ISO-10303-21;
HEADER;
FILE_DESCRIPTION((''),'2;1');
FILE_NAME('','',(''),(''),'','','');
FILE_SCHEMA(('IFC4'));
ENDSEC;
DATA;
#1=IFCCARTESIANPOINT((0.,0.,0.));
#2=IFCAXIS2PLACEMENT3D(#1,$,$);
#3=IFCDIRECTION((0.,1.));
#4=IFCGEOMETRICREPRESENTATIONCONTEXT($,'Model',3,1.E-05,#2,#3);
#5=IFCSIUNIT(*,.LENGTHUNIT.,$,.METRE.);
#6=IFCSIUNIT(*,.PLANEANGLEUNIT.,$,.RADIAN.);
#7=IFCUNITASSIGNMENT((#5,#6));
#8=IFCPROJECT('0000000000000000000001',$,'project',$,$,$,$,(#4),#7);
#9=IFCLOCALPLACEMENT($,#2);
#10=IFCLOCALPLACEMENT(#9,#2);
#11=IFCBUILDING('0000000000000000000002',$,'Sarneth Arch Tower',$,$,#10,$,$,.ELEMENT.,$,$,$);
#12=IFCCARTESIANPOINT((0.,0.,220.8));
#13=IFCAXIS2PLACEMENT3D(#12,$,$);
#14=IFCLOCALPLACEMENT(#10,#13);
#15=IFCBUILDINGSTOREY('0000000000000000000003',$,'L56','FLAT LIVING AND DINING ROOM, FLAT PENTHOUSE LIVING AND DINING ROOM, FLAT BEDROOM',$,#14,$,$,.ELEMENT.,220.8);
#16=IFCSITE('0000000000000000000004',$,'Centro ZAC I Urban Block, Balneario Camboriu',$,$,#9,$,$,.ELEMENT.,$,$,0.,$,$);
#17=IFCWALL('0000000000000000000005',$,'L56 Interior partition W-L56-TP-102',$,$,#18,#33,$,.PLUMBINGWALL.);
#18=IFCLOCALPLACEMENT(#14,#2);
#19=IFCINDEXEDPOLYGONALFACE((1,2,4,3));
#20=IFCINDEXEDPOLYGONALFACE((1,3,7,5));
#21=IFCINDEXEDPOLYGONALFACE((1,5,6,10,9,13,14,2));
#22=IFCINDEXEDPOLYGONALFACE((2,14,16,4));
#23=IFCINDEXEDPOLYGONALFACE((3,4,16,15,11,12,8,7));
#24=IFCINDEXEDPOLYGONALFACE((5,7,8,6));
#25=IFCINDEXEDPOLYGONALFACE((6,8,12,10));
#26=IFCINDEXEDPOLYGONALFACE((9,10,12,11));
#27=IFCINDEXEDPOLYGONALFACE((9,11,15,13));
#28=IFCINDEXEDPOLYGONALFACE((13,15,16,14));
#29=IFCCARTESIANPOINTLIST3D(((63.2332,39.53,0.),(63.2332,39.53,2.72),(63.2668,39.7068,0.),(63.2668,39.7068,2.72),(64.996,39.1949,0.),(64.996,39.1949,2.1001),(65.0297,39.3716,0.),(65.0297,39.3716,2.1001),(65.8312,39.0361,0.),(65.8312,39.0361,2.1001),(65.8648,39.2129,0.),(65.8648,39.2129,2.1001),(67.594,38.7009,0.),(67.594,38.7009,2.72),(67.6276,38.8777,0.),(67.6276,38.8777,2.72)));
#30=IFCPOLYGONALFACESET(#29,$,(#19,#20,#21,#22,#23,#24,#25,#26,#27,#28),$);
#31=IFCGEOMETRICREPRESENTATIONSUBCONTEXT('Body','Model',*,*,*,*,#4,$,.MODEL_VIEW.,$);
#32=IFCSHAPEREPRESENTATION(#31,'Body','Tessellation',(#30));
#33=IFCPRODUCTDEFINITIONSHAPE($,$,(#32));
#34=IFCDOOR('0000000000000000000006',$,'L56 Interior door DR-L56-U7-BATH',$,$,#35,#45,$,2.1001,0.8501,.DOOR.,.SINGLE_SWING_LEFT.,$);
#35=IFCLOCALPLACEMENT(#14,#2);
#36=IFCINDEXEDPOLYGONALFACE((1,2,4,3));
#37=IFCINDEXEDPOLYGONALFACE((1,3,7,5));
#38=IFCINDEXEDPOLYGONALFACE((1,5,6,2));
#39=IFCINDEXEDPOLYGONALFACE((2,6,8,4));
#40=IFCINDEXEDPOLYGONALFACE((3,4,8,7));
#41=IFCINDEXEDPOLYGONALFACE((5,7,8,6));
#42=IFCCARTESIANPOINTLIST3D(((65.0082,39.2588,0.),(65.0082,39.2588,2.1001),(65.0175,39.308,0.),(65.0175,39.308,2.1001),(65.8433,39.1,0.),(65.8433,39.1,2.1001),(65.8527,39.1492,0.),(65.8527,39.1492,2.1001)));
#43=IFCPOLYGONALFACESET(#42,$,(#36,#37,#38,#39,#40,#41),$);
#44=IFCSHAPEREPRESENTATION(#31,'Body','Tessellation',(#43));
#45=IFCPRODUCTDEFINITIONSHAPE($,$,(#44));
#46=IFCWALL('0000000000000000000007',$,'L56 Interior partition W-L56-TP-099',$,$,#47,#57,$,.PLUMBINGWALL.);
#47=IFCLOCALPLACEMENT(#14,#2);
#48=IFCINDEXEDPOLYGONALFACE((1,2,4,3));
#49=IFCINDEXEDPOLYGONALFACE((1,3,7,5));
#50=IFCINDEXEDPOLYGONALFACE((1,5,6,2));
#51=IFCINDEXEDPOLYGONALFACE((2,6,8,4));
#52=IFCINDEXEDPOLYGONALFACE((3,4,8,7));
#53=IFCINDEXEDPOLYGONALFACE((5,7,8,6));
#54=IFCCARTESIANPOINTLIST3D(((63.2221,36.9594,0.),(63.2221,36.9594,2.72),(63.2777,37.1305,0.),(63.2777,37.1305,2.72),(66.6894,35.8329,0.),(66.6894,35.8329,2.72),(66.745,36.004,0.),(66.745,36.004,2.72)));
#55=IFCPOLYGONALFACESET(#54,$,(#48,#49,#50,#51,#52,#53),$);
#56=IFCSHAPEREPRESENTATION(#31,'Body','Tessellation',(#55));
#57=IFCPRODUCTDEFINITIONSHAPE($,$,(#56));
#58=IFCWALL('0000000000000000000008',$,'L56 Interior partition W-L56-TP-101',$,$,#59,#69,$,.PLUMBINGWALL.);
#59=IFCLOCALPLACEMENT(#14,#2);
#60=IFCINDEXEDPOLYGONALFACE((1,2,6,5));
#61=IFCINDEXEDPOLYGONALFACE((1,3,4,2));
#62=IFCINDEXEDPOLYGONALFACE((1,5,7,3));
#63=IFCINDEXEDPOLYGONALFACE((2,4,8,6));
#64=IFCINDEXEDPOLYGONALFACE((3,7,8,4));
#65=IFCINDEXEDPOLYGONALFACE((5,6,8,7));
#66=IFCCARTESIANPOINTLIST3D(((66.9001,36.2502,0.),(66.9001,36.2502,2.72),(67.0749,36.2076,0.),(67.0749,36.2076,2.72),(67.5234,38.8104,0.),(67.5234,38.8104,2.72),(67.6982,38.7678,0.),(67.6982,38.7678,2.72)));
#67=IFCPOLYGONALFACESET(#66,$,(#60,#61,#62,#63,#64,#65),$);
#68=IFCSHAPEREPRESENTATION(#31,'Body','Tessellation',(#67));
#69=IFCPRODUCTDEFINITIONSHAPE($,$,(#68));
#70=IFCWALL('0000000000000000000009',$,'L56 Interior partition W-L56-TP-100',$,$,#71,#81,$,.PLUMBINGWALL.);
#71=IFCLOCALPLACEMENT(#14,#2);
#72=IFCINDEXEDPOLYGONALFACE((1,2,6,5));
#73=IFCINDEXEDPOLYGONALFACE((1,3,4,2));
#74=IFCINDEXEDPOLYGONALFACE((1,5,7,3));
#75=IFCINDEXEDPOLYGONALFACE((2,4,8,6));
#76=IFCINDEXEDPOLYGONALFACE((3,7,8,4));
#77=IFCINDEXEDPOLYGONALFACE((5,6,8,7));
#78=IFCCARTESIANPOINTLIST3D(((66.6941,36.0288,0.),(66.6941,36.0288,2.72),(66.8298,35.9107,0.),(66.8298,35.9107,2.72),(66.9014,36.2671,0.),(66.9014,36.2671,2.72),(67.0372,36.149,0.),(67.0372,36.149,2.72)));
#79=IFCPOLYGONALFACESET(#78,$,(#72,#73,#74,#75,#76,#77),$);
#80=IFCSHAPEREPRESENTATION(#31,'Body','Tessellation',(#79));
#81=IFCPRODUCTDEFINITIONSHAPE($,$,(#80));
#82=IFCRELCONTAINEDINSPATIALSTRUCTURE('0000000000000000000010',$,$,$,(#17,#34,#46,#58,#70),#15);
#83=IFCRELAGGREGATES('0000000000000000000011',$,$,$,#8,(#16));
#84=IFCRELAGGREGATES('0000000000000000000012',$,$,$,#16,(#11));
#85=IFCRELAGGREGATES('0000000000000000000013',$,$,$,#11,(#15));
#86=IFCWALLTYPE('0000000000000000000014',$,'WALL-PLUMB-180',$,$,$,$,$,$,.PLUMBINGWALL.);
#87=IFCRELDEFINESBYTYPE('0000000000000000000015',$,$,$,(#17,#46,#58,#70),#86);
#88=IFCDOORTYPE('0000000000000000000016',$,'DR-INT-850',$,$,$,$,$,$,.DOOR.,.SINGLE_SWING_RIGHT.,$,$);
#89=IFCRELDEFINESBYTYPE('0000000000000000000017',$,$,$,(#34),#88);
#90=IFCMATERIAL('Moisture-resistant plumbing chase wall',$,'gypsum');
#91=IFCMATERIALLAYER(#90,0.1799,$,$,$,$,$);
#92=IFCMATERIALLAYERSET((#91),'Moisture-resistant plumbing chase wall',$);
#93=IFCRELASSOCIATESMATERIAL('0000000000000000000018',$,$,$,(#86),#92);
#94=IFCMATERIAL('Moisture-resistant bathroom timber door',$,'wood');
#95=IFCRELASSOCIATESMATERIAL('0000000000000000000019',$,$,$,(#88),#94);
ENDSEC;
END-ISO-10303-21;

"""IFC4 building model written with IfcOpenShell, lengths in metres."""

from ifc_helpers import new_model, si_unit, direction, frame, frame_2d, origin, place, context, subcontext, project, spatial, rectangle, extrude, material, layer, layer_set, type_object, element, fill, save


model = new_model("IFC4")

# Units and contexts
model_context = context("Model", 3, precision=1e-05, world=origin(), true_north=direction((0.0, 1.0)))
body_context = subcontext(model_context, "Body", "Model", "MODEL_VIEW")
ifc_project = project(units=[si_unit("LENGTHUNIT", "METRE"), si_unit("PLANEANGLEUNIT", "RADIAN")], contexts=[model_context])

# Site, building, storey
site_placement = place(None, origin())
site = spatial("IfcSite", under=ifc_project, at=site_placement, Name="Centro ZAC I Urban Block, Balneario Camboriu", CompositionType="ELEMENT", RefElevation=0.0)
building_placement = place(site_placement, origin())
building = spatial("IfcBuilding", under=site, at=building_placement, Name="Sarneth Arch Tower", CompositionType="ELEMENT")
storey_placement = place(building_placement, frame((0.0, 0.0, 220.8)))
storey = spatial("IfcBuildingStorey", under=building, at=storey_placement, Name="L56", Description="FLAT LIVING AND DINING ROOM, FLAT PENTHOUSE LIVING AND DINING ROOM, FLAT BEDROOM", CompositionType="ELEMENT", Elevation=220.8)

# Wall, opening, door
ifc_material_1 = material(Name="Moisture-resistant plumbing chase wall", Category="gypsum")
ifc_layer_1 = layer(ifc_material_1, 0.1799)
ifc_layer_set_1 = layer_set([ifc_layer_1], Name="Moisture-resistant plumbing chase wall")
wall_type_1 = type_object("IfcWallType", Name="WALL-PLUMB-180", PredefinedType="PLUMBINGWALL", material=ifc_layer_set_1)
wall_1_placement = place(storey_placement, frame((67.6108, 38.7893, 0.0), z_axis=(0.0, 0.0, 1.0), x_axis=(-0.982402, 0.186778, 0.0)))
wall_1 = element("IfcWall", 1, at=wall_1_placement, inside=storey, type_object=wall_type_1, Name="L56 Interior partition W-L56-TP-102", PredefinedType="PLUMBINGWALL", context=body_context, shape_type="SweptSolid", body=[
    extrude(rectangle(XDim=4.439, YDim=0.1799, at=frame_2d((2.2195, 0.0))), origin(), (0.0, 0.0, 1.0), 2.72),
])
opening_1_placement = place(wall_1_placement, frame((1.7944, 0.0, 0.0)))
opening_1 = element("IfcOpeningElement", 2, at=opening_1_placement, cuts=wall_1, PredefinedType="OPENING", context=body_context, shape_type="SweptSolid", body=[
    extrude(rectangle(XDim=0.8501, YDim=2.1001, at=frame_2d((0.425, 1.05))), frame((0.0, 0.0999, 0.0), z_axis=(0.0, -1.0, 0.0), x_axis=(1.0, 0.0, 0.0)), (0.0, 0.0, 1.0), 0.2),
])
ifc_material_2 = material(Name="Moisture-resistant bathroom timber door", Category="wood")
door_type_1 = type_object("IfcDoorType", Name="DR-INT-850", OperationType="SINGLE_SWING_RIGHT", PredefinedType="DOOR", material=ifc_material_2)
door_1_placement = place(opening_1_placement, origin())
door_1 = element("IfcDoor", 3, at=door_1_placement, inside=storey, type_object=door_type_1, Name="L56 Interior door DR-L56-U7-BATH", OperationType="SINGLE_SWING_LEFT", OverallHeight=2.1001, OverallWidth=0.8501, PredefinedType="DOOR", context=body_context, shape_type="SweptSolid", body=[
    extrude(rectangle(XDim=0.8501, YDim=2.1001, at=frame_2d((0.425, 1.05))), frame((0.0, 0.0249, 0.0), z_axis=(0.0, -1.0, 0.0), x_axis=(1.0, 0.0, 0.0)), (0.0, 0.0, 1.0), 0.05),
])
fill(opening_1, door_1)

# Walls
wall_2_placement = place(storey_placement, frame((63.25, 37.0449, 0.0), z_axis=(0.0, 0.0, 1.0), x_axis=(0.951067, -0.308986, 0.0)))
element("IfcWall", 4, at=wall_2_placement, inside=storey, type_object=wall_type_1, Name="L56 Interior partition W-L56-TP-099", PredefinedType="PLUMBINGWALL", context=body_context, shape_type="SweptSolid", body=[
    extrude(rectangle(XDim=3.6458, YDim=0.1799, at=frame_2d((1.8228, 0.0))), origin(), (0.0, 0.0, 1.0), 2.72),
])
wall_3_placement = place(storey_placement, frame((66.9875, 36.229, 0.0), z_axis=(0.0, 0.0, 1.0), x_axis=(0.236536, 0.971623, 0.0)))
element("IfcWall", 5, at=wall_3_placement, inside=storey, type_object=wall_type_1, Name="L56 Interior partition W-L56-TP-101", PredefinedType="PLUMBINGWALL", context=body_context, shape_type="SweptSolid", body=[
    extrude(rectangle(XDim=2.635, YDim=0.1799, at=frame_2d((1.3174, 0.0))), origin(), (0.0, 0.0, 1.0), 2.72),
])
wall_4_placement = place(storey_placement, frame((66.762, 35.9697, 0.0), z_axis=(0.0, 0.0, 1.0), x_axis=(0.656313, 0.754489, 0.0)))
element("IfcWall", 6, at=wall_4_placement, inside=storey, type_object=wall_type_1, Name="L56 Interior partition W-L56-TP-100", PredefinedType="PLUMBINGWALL", context=body_context, shape_type="SweptSolid", body=[
    extrude(rectangle(XDim=0.3159, YDim=0.1799, at=frame_2d((0.158, 0.0))), origin(), (0.0, 0.0, 1.0), 2.72),
])

save(model, "model.ifc")
